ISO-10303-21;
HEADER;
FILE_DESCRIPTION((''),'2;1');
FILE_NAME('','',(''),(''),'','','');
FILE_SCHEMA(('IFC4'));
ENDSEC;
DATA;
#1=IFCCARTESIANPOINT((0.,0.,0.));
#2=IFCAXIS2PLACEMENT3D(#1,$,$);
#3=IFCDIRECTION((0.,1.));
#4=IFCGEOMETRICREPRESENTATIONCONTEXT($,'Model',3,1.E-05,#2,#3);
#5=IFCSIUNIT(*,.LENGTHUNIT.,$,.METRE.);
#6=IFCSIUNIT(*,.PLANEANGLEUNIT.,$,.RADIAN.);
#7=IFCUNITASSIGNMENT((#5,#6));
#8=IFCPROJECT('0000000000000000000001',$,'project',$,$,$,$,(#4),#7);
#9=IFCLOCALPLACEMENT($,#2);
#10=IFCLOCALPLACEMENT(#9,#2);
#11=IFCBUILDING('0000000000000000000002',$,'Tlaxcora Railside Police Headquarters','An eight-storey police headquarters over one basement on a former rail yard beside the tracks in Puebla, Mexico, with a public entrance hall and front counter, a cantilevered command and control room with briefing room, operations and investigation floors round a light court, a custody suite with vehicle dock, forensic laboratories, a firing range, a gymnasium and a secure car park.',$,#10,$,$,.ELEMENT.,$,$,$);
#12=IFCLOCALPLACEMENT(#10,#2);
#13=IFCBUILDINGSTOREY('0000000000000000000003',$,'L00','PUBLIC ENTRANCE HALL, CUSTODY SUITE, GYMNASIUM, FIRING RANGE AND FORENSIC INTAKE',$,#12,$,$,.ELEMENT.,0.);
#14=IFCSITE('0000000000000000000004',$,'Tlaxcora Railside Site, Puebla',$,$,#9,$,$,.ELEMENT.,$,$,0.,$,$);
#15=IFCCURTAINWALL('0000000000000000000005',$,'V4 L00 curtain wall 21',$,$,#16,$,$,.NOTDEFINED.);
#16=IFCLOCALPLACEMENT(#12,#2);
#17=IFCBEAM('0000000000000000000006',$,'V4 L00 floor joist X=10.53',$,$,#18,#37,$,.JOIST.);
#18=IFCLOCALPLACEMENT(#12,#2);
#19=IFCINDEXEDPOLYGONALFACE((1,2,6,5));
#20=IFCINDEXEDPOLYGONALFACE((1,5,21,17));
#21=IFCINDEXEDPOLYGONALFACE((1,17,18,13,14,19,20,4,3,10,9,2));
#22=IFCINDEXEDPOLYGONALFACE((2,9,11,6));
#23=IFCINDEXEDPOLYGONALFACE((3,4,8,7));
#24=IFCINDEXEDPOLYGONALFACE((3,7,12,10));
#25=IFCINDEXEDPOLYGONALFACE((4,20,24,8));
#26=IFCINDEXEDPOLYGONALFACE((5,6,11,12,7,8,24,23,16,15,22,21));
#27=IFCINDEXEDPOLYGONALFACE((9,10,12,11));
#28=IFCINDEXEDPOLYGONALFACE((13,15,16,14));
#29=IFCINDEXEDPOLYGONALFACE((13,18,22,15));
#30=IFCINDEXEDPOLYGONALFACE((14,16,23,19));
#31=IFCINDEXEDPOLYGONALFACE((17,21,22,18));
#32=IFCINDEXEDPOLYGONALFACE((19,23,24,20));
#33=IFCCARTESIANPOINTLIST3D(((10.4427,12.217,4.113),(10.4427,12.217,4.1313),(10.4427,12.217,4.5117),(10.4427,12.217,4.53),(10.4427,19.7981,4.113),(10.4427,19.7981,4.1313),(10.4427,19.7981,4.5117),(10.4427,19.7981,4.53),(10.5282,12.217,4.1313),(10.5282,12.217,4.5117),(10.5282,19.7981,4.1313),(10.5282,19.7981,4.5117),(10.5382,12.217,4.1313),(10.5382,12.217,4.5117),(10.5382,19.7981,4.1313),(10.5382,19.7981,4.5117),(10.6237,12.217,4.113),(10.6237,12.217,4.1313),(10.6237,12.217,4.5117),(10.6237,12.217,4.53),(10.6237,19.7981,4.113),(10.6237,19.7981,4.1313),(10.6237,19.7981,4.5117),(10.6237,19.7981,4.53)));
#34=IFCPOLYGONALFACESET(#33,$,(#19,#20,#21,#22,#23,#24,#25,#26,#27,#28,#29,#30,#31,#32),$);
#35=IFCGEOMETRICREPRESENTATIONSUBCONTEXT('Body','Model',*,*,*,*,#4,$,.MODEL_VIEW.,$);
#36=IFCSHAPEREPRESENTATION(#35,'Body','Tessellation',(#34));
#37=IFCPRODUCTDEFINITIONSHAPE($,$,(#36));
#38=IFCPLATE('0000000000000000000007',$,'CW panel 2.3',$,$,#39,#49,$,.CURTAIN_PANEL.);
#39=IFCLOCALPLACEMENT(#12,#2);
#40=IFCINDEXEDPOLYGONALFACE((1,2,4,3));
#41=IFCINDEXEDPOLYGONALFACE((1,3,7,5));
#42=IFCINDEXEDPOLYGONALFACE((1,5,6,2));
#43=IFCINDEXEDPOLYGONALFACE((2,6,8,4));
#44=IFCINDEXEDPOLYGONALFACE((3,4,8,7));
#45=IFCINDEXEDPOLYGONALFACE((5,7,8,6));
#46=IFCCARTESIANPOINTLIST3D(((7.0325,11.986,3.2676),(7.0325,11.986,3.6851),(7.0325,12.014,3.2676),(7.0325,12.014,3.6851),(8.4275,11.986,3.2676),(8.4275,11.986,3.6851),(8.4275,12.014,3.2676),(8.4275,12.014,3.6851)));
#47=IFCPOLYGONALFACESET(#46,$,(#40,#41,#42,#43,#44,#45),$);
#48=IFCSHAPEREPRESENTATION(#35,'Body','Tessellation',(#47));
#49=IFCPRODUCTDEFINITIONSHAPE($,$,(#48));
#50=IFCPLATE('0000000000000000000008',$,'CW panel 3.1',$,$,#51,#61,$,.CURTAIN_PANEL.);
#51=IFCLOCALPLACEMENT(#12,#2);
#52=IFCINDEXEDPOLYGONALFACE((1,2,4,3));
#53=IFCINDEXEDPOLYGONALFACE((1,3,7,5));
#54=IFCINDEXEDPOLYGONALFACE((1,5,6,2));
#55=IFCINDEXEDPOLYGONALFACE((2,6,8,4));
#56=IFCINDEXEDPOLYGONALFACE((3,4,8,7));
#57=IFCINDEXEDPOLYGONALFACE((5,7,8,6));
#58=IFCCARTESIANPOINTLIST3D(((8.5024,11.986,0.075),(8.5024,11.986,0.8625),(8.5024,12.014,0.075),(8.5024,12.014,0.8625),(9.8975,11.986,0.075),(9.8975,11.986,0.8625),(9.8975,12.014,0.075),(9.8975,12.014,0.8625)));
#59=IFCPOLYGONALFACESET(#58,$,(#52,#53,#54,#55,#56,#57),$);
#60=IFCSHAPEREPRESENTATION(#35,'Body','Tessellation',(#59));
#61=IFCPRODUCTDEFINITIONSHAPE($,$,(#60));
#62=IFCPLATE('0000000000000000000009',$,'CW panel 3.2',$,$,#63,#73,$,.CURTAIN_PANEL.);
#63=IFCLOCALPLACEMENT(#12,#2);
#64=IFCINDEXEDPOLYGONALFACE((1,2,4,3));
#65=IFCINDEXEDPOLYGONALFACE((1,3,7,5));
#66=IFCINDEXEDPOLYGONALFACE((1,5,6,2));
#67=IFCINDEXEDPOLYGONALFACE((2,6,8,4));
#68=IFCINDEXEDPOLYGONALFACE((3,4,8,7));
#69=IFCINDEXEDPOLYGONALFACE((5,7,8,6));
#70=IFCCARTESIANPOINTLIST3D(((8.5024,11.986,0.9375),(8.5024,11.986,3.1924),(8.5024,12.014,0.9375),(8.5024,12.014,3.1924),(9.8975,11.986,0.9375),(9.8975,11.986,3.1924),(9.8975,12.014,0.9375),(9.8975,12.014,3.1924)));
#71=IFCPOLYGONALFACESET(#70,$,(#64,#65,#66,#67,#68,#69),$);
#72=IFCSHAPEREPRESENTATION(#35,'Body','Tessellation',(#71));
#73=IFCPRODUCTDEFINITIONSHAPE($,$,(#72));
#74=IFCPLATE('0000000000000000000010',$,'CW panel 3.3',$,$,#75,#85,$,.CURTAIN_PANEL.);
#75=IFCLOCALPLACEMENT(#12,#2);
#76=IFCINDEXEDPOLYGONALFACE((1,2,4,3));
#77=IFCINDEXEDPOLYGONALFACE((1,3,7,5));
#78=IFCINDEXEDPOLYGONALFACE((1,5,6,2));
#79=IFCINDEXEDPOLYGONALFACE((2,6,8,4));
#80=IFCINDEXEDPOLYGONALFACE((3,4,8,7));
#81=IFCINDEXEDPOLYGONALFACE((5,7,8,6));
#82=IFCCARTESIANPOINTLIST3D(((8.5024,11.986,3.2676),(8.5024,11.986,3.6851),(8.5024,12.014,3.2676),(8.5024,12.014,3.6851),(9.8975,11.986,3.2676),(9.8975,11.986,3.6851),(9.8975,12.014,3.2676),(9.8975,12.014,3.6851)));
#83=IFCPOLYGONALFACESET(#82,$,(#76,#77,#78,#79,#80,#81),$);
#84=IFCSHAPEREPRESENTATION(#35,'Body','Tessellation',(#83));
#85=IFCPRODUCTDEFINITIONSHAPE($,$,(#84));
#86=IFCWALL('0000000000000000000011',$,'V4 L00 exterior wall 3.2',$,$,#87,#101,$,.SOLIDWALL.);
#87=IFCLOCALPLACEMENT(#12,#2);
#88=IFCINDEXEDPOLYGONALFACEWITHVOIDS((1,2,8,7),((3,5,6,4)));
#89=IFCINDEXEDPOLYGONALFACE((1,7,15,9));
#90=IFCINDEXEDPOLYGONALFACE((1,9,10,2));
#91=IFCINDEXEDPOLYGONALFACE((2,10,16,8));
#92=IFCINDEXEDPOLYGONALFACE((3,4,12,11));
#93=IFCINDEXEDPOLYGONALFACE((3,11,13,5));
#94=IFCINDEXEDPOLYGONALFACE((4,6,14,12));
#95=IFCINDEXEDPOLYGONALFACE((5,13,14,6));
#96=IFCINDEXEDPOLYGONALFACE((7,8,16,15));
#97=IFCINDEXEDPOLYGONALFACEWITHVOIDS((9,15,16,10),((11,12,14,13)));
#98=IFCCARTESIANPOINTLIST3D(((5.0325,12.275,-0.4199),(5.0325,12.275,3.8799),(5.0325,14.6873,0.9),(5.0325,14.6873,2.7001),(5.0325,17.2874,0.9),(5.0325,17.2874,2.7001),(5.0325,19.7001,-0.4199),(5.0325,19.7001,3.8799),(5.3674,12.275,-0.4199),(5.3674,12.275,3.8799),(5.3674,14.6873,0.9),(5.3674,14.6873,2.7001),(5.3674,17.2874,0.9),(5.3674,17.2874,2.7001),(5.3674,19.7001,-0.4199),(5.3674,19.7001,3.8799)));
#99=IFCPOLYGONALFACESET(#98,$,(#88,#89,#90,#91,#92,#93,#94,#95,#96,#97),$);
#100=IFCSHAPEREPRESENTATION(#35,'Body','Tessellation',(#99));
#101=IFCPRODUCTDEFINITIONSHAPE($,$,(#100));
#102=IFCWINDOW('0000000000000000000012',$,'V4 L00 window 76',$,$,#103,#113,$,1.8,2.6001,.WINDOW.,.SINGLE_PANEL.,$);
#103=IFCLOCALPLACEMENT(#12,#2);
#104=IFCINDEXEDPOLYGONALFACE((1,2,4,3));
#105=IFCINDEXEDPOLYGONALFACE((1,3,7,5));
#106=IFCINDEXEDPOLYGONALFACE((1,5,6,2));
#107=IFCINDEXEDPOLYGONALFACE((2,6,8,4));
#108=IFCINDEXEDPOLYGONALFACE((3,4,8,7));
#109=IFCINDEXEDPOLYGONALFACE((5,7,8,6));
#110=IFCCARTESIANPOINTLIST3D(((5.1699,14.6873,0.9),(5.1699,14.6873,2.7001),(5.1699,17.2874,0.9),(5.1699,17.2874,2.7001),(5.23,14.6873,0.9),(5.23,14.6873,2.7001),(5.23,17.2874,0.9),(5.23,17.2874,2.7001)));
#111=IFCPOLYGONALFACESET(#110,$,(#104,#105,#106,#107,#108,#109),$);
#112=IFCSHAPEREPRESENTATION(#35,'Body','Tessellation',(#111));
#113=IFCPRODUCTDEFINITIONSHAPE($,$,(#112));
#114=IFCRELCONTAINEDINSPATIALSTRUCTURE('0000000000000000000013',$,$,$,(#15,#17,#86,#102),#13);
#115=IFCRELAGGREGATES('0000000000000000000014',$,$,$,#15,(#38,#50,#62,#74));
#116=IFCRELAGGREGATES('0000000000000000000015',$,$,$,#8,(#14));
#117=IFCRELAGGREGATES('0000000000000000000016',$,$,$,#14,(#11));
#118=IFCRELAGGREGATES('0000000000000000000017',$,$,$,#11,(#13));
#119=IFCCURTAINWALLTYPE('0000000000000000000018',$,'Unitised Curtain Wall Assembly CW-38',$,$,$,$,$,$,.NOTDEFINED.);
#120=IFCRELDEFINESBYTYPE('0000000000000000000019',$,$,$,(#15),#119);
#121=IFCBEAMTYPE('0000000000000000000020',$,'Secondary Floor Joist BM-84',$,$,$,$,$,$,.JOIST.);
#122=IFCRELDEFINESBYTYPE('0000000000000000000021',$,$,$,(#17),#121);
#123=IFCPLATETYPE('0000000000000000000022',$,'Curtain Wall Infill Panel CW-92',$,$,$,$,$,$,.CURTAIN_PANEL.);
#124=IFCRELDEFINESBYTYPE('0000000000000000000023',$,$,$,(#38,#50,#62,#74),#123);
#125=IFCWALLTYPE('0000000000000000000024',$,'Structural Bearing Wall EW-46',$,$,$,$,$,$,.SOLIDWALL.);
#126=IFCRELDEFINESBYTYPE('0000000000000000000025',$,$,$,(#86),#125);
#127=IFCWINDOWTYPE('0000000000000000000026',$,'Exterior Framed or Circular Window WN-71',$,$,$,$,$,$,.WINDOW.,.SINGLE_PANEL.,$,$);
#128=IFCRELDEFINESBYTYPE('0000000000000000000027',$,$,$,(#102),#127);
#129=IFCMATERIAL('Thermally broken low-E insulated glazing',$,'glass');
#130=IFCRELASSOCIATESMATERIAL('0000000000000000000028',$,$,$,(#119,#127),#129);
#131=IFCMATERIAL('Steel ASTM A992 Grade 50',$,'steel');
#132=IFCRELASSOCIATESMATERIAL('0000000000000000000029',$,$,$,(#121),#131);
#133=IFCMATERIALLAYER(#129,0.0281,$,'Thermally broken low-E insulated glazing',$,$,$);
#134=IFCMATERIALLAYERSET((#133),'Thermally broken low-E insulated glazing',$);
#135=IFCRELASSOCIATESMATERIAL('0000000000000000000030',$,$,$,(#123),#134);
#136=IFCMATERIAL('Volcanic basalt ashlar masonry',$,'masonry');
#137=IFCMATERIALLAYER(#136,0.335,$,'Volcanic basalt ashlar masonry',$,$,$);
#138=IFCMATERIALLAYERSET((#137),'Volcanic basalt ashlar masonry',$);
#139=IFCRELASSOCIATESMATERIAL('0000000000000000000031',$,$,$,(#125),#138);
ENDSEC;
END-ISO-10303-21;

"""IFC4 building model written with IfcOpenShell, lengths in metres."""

from ifc_helpers import new_model, si_unit, direction, frame, frame_2d, origin, origin_2d, place, context, subcontext, project, spatial, rectangle, i_section, extrude, material, layer, layer_set, material_profile, profile_set, type_object, element, fill, aggregate, save


model = new_model("IFC4")

# Units and contexts
model_context = context("Model", 3, precision=1e-05, world=origin(), true_north=direction((0.0, 1.0)))
body_context = subcontext(model_context, "Body", "Model", "MODEL_VIEW")
ifc_project = project(units=[si_unit("LENGTHUNIT", "METRE"), si_unit("PLANEANGLEUNIT", "RADIAN")], contexts=[model_context])

# Site, building, storey
site_placement = place(None, origin())
site = spatial("IfcSite", under=ifc_project, at=site_placement, Name="Tlaxcora Railside Site, Puebla", CompositionType="ELEMENT", RefElevation=0.0)
building_placement = place(site_placement, origin())
building = spatial("IfcBuilding", under=site, at=building_placement, Name="Tlaxcora Railside Police Headquarters", Description="An eight-storey police headquarters over one basement on a former rail yard beside the tracks in Puebla, Mexico, with a public entrance hall and front counter, a cantilevered command and control room with briefing room, operations and investigation floors round a light court, a custody suite with vehicle dock, forensic laboratories, a firing range, a gymnasium and a secure car park.", CompositionType="ELEMENT")
storey_placement = place(building_placement, origin())
storey = spatial("IfcBuildingStorey", under=building, at=storey_placement, Name="L00", Description="PUBLIC ENTRANCE HALL, CUSTODY SUITE, GYMNASIUM, FIRING RANGE AND FORENSIC INTAKE", CompositionType="ELEMENT", Elevation=0.0)

# Curtain wall
ifc_material_1 = material(Name="Thermally broken low-E insulated glazing", Category="glass")
curtain_wall_type = type_object("IfcCurtainWallType", Name="Unitised Curtain Wall Assembly CW-38", PredefinedType="NOTDEFINED", material=ifc_material_1)
curtain_wall_placement = place(storey_placement, origin())
curtain_wall = element("IfcCurtainWall", 1, at=curtain_wall_placement, inside=storey, type_object=curtain_wall_type, Name="V4 L00 curtain wall 21", PredefinedType="NOTDEFINED")

# Beam
ifc_material_2 = material(Name="Steel ASTM A992 Grade 50", Category="steel")
ifc_material_profile_1 = material_profile(ifc_material_2, i_section(OverallWidth=0.1809, OverallDepth=0.417, WebThickness=0.01, FlangeThickness=0.0183, at=origin_2d()), Name="W16X57")
ifc_profile_set_1 = profile_set([ifc_material_profile_1], Name="Steel ASTM A992 Grade 50")
beam_type_1 = type_object("IfcBeamType", Name="Secondary Floor Joist BM-84", PredefinedType="JOIST", material=ifc_profile_set_1)
beam_1_placement = place(storey_placement, frame((10.5332, 12.217, 4.3215), z_axis=(0.0, 1.0, 0.0), x_axis=(-1.0, 0.0, 0.0)))
element("IfcBeam", 2, at=beam_1_placement, inside=storey, type_object=beam_type_1, Name="V4 L00 floor joist X=10.53", PredefinedType="JOIST", context=body_context, shape_type="SweptSolid", body=[
    extrude(i_section(OverallWidth=0.1809, OverallDepth=0.417, WebThickness=0.01, FlangeThickness=0.0183, at=origin_2d()), origin(), (0.0, 0.0, 1.0), 7.5811),
])

# Plates
ifc_layer_1 = layer(ifc_material_1, 0.0281, Name="Thermally broken low-E insulated glazing")
ifc_layer_set_1 = layer_set([ifc_layer_1], Name="Thermally broken low-E insulated glazing")
plate_type = type_object("IfcPlateType", Name="Curtain Wall Infill Panel CW-92", PredefinedType="CURTAIN_PANEL", material=ifc_layer_set_1)
plate_1_placement = place(storey_placement, frame((7.73, 12.0, 3.2676), z_axis=(0.0, 0.0, 1.0), x_axis=(1.0, 0.0, 0.0)))
plate_1 = element("IfcPlate", 3, at=plate_1_placement, type_object=plate_type, Name="CW panel 2.3", PredefinedType="CURTAIN_PANEL", context=body_context, shape_type="SweptSolid", body=[
    extrude(rectangle(XDim=1.395, YDim=0.0281, at=origin_2d()), origin(), (0.0, 0.0, 1.0), 0.4175),
])
plate_2_placement = place(storey_placement, frame((9.2, 12.0, 0.075), z_axis=(0.0, 0.0, 1.0), x_axis=(1.0, 0.0, 0.0)))
plate_2 = element("IfcPlate", 4, at=plate_2_placement, type_object=plate_type, Name="CW panel 3.1", PredefinedType="CURTAIN_PANEL", context=body_context, shape_type="SweptSolid", body=[
    extrude(rectangle(XDim=1.395, YDim=0.0281, at=origin_2d()), origin(), (0.0, 0.0, 1.0), 0.7876),
])
plate_3_placement = place(storey_placement, frame((9.2, 12.0, 0.9375), z_axis=(0.0, 0.0, 1.0), x_axis=(1.0, 0.0, 0.0)))
plate_3 = element("IfcPlate", 5, at=plate_3_placement, type_object=plate_type, Name="CW panel 3.2", PredefinedType="CURTAIN_PANEL", context=body_context, shape_type="SweptSolid", body=[
    extrude(rectangle(XDim=1.395, YDim=0.0281, at=origin_2d()), origin(), (0.0, 0.0, 1.0), 2.2549),
])
plate_4_placement = place(storey_placement, frame((9.2, 12.0, 3.2676), z_axis=(0.0, 0.0, 1.0), x_axis=(1.0, 0.0, 0.0)))
plate_4 = element("IfcPlate", 6, at=plate_4_placement, type_object=plate_type, Name="CW panel 3.3", PredefinedType="CURTAIN_PANEL", context=body_context, shape_type="SweptSolid", body=[
    extrude(rectangle(XDim=1.395, YDim=0.0281, at=origin_2d()), origin(), (0.0, 0.0, 1.0), 0.4175),
])
aggregate(curtain_wall, [plate_1, plate_2, plate_3, plate_4])

# Wall, opening, window
ifc_material_3 = material(Name="Volcanic basalt ashlar masonry", Category="masonry")
ifc_layer_2 = layer(ifc_material_3, 0.335, Name="Volcanic basalt ashlar masonry")
ifc_layer_set_2 = layer_set([ifc_layer_2], Name="Volcanic basalt ashlar masonry")
wall_type = type_object("IfcWallType", Name="Structural Bearing Wall EW-46", PredefinedType="SOLIDWALL", material=ifc_layer_set_2)
wall_placement = place(storey_placement, frame((5.2, 19.7, -0.4199), z_axis=(0.0, 0.0, 1.0), x_axis=(0.0, -1.0, 0.0)))
wall = element("IfcWall", 7, at=wall_placement, inside=storey, type_object=wall_type, Name="V4 L00 exterior wall 3.2", PredefinedType="SOLIDWALL", context=body_context, shape_type="SweptSolid", body=[
    extrude(rectangle(XDim=7.425, YDim=0.335, at=frame_2d((3.7124, 0.0))), origin(), (0.0, 0.0, 1.0), 4.2998),
])
opening_placement = place(wall_placement, frame((2.4126, 0.0, 1.3201)))
opening = element("IfcOpeningElement", 8, at=opening_placement, cuts=wall, PredefinedType="OPENING", context=body_context, shape_type="SweptSolid", body=[
    extrude(rectangle(XDim=2.6001, YDim=1.8, at=frame_2d((1.3, 0.8999))), frame((0.0, 0.1775, 0.0), z_axis=(0.0, -1.0, 0.0), x_axis=(1.0, 0.0, 0.0)), (0.0, 0.0, 1.0), 0.355),
])
window_type = type_object("IfcWindowType", Name="Exterior Framed or Circular Window WN-71", PartitioningType="SINGLE_PANEL", PredefinedType="WINDOW", material=ifc_material_1)
window_placement = place(opening_placement, origin())
window = element("IfcWindow", 9, at=window_placement, inside=storey, type_object=window_type, Name="V4 L00 window 76", OverallHeight=1.8, OverallWidth=2.6001, PartitioningType="SINGLE_PANEL", PredefinedType="WINDOW", context=body_context, shape_type="SweptSolid", body=[
    extrude(rectangle(XDim=2.6001, YDim=1.8, at=frame_2d((1.3, 0.8999))), frame((0.0, 0.03, 0.0), z_axis=(0.0, -1.0, 0.0), x_axis=(1.0, 0.0, 0.0)), (0.0, 0.0, 1.0), 0.0601),
])
fill(opening, window)

save(model, "model.ifc")
